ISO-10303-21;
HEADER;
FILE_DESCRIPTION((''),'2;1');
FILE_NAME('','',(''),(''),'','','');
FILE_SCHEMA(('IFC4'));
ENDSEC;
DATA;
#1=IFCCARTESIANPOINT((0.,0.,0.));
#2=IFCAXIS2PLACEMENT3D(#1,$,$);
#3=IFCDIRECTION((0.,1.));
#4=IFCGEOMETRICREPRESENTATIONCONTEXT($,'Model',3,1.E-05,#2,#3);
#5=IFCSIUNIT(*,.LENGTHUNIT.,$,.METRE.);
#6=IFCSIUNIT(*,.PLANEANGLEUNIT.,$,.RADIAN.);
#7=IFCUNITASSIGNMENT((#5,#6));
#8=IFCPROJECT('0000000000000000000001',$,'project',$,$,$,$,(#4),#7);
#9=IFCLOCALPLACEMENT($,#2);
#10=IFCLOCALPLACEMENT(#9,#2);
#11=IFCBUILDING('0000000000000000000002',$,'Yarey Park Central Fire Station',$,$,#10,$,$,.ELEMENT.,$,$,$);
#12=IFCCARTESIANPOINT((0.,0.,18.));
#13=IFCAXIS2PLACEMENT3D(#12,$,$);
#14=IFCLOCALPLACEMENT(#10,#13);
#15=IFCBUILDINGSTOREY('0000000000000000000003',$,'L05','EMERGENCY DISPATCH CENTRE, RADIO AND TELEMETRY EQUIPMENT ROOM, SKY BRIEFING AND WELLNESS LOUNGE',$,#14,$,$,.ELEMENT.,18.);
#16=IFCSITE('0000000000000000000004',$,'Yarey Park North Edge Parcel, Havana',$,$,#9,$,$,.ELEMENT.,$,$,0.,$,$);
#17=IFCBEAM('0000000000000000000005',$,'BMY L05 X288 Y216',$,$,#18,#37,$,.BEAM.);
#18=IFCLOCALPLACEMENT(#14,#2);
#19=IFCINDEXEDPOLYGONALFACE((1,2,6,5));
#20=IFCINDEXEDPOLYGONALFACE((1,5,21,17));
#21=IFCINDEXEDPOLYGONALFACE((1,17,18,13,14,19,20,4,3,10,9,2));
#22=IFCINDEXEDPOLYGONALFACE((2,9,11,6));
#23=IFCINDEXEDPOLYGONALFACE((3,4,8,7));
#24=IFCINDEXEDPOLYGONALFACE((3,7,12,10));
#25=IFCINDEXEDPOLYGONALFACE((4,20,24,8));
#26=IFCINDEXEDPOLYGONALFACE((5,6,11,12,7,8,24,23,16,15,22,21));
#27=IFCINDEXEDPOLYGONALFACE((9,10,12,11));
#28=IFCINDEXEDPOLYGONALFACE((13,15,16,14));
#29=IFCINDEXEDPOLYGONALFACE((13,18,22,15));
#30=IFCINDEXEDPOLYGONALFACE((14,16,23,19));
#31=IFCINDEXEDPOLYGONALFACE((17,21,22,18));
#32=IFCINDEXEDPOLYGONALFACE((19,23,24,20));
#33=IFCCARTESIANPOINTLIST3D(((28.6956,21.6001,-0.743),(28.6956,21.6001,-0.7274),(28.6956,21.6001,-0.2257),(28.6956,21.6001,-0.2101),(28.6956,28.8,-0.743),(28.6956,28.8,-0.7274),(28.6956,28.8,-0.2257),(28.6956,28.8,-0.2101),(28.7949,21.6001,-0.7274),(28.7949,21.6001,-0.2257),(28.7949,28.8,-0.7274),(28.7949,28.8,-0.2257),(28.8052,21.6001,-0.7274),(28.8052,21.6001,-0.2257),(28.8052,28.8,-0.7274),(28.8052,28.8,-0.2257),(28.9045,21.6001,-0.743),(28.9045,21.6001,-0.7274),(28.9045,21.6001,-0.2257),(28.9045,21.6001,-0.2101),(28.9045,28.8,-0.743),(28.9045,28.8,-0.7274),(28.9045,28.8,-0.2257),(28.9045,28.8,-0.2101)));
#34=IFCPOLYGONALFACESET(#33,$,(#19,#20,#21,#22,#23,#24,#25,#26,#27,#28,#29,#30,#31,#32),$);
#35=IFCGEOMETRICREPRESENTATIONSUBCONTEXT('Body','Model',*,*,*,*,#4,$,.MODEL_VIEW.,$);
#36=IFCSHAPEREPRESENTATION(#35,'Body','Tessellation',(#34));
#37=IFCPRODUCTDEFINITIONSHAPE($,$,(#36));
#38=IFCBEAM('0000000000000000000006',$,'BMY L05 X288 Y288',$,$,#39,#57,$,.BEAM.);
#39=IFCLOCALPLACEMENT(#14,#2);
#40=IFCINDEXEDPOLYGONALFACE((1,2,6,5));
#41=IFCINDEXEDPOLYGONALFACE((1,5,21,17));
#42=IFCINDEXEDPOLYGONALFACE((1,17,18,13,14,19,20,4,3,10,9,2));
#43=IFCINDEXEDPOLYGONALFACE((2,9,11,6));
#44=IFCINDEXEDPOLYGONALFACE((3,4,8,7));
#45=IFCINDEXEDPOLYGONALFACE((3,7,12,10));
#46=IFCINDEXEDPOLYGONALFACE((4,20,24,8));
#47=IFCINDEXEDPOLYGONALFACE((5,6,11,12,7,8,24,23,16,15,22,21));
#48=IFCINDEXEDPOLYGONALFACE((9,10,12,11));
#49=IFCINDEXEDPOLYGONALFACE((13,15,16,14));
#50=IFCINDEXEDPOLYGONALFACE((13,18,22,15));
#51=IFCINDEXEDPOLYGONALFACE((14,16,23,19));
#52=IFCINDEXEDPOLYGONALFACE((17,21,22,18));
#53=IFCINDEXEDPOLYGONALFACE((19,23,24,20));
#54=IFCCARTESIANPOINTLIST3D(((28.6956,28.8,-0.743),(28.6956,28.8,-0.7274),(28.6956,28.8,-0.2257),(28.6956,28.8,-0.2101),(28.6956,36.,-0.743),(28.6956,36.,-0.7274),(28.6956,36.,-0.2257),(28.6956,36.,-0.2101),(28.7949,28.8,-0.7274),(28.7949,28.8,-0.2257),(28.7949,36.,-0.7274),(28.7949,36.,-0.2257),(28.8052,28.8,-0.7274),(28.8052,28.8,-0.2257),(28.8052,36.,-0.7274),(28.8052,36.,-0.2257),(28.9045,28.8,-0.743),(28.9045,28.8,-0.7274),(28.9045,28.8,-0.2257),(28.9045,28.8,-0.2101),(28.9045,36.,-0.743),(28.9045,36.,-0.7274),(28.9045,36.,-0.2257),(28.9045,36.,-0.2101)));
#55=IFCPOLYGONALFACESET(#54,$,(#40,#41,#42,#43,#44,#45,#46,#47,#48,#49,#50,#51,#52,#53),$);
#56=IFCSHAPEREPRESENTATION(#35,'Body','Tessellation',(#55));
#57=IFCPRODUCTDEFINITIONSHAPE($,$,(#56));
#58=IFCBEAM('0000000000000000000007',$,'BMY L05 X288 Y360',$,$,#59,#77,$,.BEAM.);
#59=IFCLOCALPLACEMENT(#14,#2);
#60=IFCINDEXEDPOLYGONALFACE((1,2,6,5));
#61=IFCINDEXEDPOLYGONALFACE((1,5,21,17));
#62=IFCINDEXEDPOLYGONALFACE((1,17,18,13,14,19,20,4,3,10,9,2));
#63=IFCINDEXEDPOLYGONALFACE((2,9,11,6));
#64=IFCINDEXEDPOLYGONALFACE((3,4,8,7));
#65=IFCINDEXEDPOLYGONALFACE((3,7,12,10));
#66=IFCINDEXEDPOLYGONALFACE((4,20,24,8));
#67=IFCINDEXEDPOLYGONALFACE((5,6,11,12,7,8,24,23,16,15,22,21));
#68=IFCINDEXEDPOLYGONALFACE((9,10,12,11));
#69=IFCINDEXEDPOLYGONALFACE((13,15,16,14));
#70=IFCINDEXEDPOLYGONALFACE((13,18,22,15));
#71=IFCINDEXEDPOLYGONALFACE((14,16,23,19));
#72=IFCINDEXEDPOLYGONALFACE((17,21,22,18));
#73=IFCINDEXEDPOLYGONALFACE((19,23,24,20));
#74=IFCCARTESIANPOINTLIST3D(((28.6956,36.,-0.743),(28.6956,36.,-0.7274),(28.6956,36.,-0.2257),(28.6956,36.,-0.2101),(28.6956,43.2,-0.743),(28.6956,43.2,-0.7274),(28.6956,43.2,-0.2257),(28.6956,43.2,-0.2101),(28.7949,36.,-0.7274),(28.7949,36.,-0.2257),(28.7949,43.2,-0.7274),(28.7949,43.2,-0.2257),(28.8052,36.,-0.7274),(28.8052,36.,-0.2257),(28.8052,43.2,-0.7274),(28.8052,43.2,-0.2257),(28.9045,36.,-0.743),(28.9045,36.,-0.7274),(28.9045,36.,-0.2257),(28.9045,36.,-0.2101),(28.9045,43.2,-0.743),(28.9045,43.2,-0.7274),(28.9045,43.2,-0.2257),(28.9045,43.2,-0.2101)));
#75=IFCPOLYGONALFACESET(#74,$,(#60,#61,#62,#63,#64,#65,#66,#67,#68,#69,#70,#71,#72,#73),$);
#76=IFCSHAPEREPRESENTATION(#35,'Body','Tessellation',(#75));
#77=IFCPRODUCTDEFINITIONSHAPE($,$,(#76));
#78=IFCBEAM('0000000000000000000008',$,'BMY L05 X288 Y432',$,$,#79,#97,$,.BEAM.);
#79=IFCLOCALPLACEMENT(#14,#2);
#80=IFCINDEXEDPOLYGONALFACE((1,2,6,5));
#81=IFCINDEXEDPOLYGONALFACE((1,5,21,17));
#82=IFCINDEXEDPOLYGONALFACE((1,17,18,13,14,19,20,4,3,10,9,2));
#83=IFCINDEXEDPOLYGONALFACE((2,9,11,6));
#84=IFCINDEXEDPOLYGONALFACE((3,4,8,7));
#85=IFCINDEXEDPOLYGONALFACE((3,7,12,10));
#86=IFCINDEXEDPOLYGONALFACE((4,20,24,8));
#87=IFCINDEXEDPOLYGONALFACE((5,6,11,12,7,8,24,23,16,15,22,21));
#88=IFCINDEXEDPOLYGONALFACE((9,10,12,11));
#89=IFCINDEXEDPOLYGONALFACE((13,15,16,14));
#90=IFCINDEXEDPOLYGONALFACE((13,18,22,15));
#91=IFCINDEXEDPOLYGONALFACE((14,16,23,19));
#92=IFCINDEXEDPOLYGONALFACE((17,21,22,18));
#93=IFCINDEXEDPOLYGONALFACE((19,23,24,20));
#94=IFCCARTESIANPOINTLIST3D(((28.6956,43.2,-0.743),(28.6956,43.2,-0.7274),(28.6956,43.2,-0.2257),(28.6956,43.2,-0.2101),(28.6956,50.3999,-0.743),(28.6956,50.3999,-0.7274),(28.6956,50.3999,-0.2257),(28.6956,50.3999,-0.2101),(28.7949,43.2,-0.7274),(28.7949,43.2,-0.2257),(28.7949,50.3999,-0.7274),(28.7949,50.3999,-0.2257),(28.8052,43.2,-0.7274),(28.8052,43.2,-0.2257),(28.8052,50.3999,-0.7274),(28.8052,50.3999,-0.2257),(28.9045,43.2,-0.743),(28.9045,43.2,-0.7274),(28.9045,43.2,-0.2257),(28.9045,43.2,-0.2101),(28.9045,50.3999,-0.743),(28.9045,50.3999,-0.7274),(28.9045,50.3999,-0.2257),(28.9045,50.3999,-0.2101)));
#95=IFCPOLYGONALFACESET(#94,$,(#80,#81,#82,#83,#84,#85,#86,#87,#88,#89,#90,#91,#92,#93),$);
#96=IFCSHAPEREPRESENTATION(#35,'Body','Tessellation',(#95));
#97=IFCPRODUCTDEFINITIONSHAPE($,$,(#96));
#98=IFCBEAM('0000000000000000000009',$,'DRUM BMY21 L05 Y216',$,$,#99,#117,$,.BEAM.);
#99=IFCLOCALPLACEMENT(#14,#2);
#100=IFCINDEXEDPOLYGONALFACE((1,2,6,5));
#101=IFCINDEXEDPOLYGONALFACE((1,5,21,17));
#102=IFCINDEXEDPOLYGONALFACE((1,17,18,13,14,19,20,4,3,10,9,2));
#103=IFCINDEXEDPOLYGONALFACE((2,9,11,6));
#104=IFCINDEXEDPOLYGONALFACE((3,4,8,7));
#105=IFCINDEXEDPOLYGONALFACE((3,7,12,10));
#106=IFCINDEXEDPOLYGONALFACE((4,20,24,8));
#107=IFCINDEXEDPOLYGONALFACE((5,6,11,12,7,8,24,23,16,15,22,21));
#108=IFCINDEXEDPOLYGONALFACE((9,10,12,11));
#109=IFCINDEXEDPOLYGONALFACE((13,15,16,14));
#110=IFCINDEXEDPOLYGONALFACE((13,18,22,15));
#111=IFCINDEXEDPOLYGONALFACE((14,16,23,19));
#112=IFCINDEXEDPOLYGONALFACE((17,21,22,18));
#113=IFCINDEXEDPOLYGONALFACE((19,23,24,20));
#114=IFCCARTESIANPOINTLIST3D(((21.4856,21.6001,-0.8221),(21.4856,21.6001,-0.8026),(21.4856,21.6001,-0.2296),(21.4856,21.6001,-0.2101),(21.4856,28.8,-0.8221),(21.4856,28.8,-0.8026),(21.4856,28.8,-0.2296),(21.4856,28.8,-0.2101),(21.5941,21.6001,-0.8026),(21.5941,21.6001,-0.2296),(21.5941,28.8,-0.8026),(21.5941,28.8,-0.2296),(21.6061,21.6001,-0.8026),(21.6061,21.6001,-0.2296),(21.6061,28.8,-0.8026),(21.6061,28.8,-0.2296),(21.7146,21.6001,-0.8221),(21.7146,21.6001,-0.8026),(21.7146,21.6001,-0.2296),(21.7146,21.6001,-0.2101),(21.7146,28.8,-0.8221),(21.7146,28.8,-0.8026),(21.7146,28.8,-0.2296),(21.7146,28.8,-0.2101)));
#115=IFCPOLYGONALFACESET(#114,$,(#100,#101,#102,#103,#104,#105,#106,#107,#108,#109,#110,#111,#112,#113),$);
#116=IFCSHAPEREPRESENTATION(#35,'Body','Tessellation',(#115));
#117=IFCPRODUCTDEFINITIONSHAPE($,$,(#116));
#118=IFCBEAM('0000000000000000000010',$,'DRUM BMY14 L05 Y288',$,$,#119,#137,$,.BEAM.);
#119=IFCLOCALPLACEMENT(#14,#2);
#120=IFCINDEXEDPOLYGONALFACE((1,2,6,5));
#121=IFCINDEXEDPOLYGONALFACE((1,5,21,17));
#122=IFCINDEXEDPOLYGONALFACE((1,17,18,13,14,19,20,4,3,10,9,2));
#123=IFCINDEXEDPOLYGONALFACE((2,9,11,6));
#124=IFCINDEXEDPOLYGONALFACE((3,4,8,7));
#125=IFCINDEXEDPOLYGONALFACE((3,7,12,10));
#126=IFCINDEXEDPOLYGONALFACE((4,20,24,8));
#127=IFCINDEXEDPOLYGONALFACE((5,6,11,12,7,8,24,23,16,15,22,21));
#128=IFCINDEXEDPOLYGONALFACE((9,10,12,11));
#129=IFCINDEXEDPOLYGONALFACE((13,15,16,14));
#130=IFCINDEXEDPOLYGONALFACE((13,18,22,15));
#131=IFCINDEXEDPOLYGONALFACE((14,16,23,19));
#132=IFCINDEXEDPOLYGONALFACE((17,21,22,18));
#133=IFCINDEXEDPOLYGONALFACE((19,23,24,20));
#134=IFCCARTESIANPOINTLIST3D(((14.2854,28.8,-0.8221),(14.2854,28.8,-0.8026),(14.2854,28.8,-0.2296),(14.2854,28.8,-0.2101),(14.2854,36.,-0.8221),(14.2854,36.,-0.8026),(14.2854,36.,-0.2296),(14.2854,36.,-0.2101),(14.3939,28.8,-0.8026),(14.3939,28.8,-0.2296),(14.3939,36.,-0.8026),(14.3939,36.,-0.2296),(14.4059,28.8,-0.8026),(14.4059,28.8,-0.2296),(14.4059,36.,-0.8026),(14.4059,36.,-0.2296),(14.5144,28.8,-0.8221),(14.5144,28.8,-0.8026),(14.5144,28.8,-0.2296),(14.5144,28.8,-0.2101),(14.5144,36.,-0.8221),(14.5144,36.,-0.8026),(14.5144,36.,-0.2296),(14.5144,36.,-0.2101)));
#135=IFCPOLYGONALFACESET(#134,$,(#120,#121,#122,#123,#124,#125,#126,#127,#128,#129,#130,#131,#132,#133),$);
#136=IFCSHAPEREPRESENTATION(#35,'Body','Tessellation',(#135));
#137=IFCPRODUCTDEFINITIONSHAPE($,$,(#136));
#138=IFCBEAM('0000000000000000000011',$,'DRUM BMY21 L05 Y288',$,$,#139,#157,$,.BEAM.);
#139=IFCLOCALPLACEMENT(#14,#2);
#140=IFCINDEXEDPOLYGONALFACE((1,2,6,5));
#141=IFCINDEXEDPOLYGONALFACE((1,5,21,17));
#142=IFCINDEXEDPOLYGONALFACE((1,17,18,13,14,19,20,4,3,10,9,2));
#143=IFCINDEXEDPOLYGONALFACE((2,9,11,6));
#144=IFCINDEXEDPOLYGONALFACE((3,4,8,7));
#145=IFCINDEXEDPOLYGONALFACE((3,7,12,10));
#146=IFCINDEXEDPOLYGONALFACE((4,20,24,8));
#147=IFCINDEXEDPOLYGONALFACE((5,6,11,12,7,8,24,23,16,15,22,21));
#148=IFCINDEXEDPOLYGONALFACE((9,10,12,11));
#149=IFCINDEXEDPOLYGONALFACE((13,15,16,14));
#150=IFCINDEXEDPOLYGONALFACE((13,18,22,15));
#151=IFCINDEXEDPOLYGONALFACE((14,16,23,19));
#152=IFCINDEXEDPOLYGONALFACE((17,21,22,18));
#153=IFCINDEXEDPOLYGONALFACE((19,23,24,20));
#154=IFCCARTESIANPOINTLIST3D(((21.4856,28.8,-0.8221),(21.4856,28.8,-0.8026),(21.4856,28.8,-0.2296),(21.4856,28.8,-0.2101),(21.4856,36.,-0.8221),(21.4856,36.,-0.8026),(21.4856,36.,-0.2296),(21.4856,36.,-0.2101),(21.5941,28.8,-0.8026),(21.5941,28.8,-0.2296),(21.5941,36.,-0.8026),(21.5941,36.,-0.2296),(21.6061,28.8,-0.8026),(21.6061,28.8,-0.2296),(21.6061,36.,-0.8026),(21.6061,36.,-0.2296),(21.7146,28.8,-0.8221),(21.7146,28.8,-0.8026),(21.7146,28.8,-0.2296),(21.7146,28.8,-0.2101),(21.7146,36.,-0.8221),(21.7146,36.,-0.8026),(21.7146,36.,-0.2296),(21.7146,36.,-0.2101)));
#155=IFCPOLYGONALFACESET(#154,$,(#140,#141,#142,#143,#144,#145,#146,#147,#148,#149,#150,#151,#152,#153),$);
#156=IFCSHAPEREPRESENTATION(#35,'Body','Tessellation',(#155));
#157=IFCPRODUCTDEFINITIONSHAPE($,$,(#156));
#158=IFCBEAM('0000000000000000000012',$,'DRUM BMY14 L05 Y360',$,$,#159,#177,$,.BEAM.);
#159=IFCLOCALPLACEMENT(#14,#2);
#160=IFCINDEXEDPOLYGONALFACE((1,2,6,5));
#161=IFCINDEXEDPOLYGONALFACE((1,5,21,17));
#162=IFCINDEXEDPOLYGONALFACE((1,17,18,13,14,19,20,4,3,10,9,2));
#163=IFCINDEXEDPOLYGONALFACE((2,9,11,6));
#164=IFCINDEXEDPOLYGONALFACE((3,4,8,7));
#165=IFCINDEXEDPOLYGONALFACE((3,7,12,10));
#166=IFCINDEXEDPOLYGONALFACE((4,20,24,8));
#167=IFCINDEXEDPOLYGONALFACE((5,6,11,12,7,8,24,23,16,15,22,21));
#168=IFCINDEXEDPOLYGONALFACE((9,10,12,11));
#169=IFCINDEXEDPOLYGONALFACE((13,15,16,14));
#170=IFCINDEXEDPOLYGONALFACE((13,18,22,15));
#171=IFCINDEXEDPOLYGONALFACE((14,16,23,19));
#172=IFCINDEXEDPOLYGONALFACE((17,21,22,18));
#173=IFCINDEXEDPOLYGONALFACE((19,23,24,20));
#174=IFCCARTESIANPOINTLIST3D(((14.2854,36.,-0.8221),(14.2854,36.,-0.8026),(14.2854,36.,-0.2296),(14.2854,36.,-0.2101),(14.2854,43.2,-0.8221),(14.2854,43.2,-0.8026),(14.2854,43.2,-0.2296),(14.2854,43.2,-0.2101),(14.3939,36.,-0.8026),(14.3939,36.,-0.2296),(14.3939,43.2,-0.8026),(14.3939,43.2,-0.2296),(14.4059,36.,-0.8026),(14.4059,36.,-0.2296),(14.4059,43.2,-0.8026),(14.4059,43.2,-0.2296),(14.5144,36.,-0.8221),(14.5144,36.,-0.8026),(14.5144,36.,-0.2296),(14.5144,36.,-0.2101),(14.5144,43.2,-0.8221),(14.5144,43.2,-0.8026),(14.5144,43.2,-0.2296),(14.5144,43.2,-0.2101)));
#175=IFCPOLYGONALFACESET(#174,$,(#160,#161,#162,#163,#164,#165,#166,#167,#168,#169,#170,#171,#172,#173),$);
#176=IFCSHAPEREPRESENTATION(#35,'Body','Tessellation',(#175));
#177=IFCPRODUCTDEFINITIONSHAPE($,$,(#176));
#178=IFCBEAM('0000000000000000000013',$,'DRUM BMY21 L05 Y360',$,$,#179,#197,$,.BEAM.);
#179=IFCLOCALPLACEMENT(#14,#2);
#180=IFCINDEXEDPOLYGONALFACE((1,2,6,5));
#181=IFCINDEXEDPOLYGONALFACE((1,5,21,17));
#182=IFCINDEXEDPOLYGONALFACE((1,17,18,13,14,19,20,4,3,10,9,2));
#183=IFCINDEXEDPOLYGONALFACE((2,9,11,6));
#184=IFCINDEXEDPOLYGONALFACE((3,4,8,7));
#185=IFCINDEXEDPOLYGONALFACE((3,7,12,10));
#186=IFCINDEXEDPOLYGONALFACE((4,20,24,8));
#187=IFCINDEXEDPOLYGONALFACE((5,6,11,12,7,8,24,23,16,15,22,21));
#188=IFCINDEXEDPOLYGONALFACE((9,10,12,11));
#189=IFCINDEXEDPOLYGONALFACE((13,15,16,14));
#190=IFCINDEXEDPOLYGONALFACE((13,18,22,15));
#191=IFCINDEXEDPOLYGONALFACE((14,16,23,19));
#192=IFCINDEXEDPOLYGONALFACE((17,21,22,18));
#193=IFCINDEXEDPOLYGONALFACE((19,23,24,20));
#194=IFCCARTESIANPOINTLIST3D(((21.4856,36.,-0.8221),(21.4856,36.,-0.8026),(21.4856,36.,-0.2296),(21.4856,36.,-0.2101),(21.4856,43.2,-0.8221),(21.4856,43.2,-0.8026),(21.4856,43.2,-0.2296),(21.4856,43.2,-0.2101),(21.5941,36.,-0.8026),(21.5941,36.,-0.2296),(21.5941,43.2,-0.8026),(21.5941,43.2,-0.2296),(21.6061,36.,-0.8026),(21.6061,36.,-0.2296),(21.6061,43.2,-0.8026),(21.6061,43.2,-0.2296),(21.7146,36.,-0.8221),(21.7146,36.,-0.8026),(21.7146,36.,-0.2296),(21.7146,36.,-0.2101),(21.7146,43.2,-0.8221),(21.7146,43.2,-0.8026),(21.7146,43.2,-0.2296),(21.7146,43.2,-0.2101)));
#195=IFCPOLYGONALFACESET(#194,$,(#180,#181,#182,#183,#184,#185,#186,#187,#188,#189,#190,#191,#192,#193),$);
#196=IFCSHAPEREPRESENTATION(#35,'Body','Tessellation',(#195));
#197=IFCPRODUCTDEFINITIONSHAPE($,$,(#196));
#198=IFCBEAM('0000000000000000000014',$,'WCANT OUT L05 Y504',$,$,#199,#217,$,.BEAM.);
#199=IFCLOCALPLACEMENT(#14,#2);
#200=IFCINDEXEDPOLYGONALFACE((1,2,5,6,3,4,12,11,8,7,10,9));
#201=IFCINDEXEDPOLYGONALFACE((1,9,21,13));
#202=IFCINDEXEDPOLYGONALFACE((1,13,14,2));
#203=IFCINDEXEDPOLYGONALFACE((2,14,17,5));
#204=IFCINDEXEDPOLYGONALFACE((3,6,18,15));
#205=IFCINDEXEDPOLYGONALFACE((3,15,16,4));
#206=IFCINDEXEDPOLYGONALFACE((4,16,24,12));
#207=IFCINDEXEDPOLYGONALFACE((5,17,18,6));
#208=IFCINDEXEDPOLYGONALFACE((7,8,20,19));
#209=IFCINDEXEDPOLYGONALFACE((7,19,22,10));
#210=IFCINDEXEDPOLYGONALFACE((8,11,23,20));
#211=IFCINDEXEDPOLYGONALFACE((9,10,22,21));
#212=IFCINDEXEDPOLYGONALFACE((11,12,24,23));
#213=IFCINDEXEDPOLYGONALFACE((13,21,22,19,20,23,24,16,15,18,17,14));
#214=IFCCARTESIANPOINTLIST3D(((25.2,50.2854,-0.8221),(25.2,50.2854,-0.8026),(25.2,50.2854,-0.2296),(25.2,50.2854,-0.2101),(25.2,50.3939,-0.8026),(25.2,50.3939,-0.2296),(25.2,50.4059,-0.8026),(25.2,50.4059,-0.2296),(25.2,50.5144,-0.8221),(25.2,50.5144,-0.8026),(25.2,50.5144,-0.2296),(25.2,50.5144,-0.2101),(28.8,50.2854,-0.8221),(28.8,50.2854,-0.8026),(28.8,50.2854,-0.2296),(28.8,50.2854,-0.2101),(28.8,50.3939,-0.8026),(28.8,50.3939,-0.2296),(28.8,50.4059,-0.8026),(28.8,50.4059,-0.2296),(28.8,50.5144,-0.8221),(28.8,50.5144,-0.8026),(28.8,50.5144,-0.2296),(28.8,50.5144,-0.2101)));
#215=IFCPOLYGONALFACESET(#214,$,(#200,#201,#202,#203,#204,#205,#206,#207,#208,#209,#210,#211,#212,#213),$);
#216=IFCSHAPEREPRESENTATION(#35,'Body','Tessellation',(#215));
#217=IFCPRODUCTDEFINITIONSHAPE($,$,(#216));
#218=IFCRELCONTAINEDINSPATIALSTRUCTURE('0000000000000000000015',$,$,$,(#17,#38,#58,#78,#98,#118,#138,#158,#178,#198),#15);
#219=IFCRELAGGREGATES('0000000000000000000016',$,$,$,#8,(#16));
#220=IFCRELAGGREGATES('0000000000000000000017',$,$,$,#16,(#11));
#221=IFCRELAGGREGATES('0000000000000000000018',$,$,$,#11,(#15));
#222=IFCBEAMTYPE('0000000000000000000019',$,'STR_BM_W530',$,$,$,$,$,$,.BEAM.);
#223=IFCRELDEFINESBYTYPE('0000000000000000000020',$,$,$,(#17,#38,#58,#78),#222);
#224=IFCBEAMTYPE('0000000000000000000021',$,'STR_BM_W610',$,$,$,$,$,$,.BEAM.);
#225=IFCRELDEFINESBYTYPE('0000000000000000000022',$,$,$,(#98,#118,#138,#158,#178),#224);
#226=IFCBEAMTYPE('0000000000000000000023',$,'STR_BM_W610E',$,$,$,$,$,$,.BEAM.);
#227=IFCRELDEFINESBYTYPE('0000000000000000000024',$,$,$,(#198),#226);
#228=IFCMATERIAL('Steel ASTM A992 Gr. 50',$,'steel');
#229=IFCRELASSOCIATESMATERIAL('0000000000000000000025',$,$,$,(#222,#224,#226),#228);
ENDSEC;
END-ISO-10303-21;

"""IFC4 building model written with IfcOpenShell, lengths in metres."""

from ifc_helpers import new_model, si_unit, direction, frame, origin, origin_2d, place, context, subcontext, project, spatial, i_section, extrude, material, material_profile, profile_set, type_object, element, save


model = new_model("IFC4")

# Units and contexts
model_context = context("Model", 3, precision=1e-05, world=origin(), true_north=direction((0.0, 1.0)))
body_context = subcontext(model_context, "Body", "Model", "MODEL_VIEW")
ifc_project = project(units=[si_unit("LENGTHUNIT", "METRE"), si_unit("PLANEANGLEUNIT", "RADIAN")], contexts=[model_context])

# Site, building, storey
site_placement = place(None, origin())
site = spatial("IfcSite", under=ifc_project, at=site_placement, Name="Yarey Park North Edge Parcel, Havana", CompositionType="ELEMENT", RefElevation=0.0)
building_placement = place(site_placement, origin())
building = spatial("IfcBuilding", under=site, at=building_placement, Name="Yarey Park Central Fire Station", CompositionType="ELEMENT")
storey_placement = place(building_placement, frame((0.0, 0.0, 18.0)))
storey = spatial("IfcBuildingStorey", under=building, at=storey_placement, Name="L05", Description="EMERGENCY DISPATCH CENTRE, RADIO AND TELEMETRY EQUIPMENT ROOM, SKY BRIEFING AND WELLNESS LOUNGE", CompositionType="ELEMENT", Elevation=18.0)

# Beams
ifc_material_1 = material(Name="Steel ASTM A992 Gr. 50", Category="steel")
ifc_material_profile_1 = material_profile(ifc_material_1, i_section(OverallWidth=0.209, OverallDepth=0.533, WebThickness=0.0103, FlangeThickness=0.0156, at=origin_2d()), Name="W530x92")
ifc_profile_set_1 = profile_set([ifc_material_profile_1], Name="Steel ASTM A992 Gr. 50")
beam_type_1 = type_object("IfcBeamType", Name="STR_BM_W530", PredefinedType="BEAM", material=ifc_profile_set_1)
for number, where, z_axis, x_axis, name in (
    (1, (28.8, 21.6001, -0.4766), (0.0, 1.0, 0.0), (-1.0, 0.0, 0.0), "BMY L05 X288 Y216"),
    (2, (28.8, 28.8, -0.4766), (0.0, 1.0, 0.0), (-1.0, 0.0, 0.0), "BMY L05 X288 Y288"),
    (3, (28.8, 36.0, -0.4766), (0.0, 1.0, 0.0), (-1.0, 0.0, 0.0), "BMY L05 X288 Y360"),
    (4, (28.8, 43.2, -0.4766), (0.0, 1.0, 0.0), (-1.0, 0.0, 0.0), "BMY L05 X288 Y432"),
):
    element("IfcBeam", number, at=place(storey_placement, frame(where, z_axis=z_axis, x_axis=x_axis)), inside=storey, type_object=beam_type_1, Name=name, PredefinedType="BEAM", context=body_context, shape_type="SweptSolid", body=[
        extrude(i_section(OverallWidth=0.209, OverallDepth=0.533, WebThickness=0.0103, FlangeThickness=0.0156, at=origin_2d()), origin(), (0.0, 0.0, 1.0), 7.2),
    ])
ifc_material_profile_2 = material_profile(ifc_material_1, i_section(OverallWidth=0.229, OverallDepth=0.6121, WebThickness=0.012, FlangeThickness=0.0195, at=origin_2d()), Name="W610x125")
ifc_profile_set_2 = profile_set([ifc_material_profile_2], Name="Steel ASTM A992 Gr. 50")
beam_type_2 = type_object("IfcBeamType", Name="STR_BM_W610", PredefinedType="BEAM", material=ifc_profile_set_2)
for number, where, z_axis, x_axis, name in (
    (5, (21.6001, 21.6001, -0.5161), (0.0, 1.0, 0.0), (-1.0, 0.0, 0.0), "DRUM BMY21 L05 Y216"),
    (6, (14.3999, 28.8, -0.5161), (0.0, 1.0, 0.0), (-1.0, 0.0, 0.0), "DRUM BMY14 L05 Y288"),
    (7, (21.6001, 28.8, -0.5161), (0.0, 1.0, 0.0), (-1.0, 0.0, 0.0), "DRUM BMY21 L05 Y288"),
    (8, (14.3999, 36.0, -0.5161), (0.0, 1.0, 0.0), (-1.0, 0.0, 0.0), "DRUM BMY14 L05 Y360"),
    (9, (21.6001, 36.0, -0.5161), (0.0, 1.0, 0.0), (-1.0, 0.0, 0.0), "DRUM BMY21 L05 Y360"),
):
    element("IfcBeam", number, at=place(storey_placement, frame(where, z_axis=z_axis, x_axis=x_axis)), inside=storey, type_object=beam_type_2, Name=name, PredefinedType="BEAM", context=body_context, shape_type="SweptSolid", body=[
        extrude(i_section(OverallWidth=0.229, OverallDepth=0.6121, WebThickness=0.012, FlangeThickness=0.0195, at=origin_2d()), origin(), (0.0, 0.0, 1.0), 7.2),
    ])
ifc_material_profile_3 = material_profile(ifc_material_1, i_section(OverallWidth=0.229, OverallDepth=0.6121, WebThickness=0.012, FlangeThickness=0.0195, at=origin_2d()), Name="W610x125")
ifc_profile_set_3 = profile_set([ifc_material_profile_3], Name="Steel ASTM A992 Gr. 50")
beam_type_3 = type_object("IfcBeamType", Name="STR_BM_W610E", PredefinedType="BEAM", material=ifc_profile_set_3)
beam_1_placement = place(storey_placement, frame((25.2, 50.3999, -0.5161), z_axis=(1.0, 0.0, 0.0), x_axis=(0.0, 1.0, 0.0)))
element("IfcBeam", 10, at=beam_1_placement, inside=storey, type_object=beam_type_3, Name="WCANT OUT L05 Y504", PredefinedType="BEAM", context=body_context, shape_type="SweptSolid", body=[
    extrude(i_section(OverallWidth=0.229, OverallDepth=0.6121, WebThickness=0.012, FlangeThickness=0.0195, at=origin_2d()), origin(), (0.0, 0.0, 1.0), 3.6001),
])

save(model, "model.ifc")
